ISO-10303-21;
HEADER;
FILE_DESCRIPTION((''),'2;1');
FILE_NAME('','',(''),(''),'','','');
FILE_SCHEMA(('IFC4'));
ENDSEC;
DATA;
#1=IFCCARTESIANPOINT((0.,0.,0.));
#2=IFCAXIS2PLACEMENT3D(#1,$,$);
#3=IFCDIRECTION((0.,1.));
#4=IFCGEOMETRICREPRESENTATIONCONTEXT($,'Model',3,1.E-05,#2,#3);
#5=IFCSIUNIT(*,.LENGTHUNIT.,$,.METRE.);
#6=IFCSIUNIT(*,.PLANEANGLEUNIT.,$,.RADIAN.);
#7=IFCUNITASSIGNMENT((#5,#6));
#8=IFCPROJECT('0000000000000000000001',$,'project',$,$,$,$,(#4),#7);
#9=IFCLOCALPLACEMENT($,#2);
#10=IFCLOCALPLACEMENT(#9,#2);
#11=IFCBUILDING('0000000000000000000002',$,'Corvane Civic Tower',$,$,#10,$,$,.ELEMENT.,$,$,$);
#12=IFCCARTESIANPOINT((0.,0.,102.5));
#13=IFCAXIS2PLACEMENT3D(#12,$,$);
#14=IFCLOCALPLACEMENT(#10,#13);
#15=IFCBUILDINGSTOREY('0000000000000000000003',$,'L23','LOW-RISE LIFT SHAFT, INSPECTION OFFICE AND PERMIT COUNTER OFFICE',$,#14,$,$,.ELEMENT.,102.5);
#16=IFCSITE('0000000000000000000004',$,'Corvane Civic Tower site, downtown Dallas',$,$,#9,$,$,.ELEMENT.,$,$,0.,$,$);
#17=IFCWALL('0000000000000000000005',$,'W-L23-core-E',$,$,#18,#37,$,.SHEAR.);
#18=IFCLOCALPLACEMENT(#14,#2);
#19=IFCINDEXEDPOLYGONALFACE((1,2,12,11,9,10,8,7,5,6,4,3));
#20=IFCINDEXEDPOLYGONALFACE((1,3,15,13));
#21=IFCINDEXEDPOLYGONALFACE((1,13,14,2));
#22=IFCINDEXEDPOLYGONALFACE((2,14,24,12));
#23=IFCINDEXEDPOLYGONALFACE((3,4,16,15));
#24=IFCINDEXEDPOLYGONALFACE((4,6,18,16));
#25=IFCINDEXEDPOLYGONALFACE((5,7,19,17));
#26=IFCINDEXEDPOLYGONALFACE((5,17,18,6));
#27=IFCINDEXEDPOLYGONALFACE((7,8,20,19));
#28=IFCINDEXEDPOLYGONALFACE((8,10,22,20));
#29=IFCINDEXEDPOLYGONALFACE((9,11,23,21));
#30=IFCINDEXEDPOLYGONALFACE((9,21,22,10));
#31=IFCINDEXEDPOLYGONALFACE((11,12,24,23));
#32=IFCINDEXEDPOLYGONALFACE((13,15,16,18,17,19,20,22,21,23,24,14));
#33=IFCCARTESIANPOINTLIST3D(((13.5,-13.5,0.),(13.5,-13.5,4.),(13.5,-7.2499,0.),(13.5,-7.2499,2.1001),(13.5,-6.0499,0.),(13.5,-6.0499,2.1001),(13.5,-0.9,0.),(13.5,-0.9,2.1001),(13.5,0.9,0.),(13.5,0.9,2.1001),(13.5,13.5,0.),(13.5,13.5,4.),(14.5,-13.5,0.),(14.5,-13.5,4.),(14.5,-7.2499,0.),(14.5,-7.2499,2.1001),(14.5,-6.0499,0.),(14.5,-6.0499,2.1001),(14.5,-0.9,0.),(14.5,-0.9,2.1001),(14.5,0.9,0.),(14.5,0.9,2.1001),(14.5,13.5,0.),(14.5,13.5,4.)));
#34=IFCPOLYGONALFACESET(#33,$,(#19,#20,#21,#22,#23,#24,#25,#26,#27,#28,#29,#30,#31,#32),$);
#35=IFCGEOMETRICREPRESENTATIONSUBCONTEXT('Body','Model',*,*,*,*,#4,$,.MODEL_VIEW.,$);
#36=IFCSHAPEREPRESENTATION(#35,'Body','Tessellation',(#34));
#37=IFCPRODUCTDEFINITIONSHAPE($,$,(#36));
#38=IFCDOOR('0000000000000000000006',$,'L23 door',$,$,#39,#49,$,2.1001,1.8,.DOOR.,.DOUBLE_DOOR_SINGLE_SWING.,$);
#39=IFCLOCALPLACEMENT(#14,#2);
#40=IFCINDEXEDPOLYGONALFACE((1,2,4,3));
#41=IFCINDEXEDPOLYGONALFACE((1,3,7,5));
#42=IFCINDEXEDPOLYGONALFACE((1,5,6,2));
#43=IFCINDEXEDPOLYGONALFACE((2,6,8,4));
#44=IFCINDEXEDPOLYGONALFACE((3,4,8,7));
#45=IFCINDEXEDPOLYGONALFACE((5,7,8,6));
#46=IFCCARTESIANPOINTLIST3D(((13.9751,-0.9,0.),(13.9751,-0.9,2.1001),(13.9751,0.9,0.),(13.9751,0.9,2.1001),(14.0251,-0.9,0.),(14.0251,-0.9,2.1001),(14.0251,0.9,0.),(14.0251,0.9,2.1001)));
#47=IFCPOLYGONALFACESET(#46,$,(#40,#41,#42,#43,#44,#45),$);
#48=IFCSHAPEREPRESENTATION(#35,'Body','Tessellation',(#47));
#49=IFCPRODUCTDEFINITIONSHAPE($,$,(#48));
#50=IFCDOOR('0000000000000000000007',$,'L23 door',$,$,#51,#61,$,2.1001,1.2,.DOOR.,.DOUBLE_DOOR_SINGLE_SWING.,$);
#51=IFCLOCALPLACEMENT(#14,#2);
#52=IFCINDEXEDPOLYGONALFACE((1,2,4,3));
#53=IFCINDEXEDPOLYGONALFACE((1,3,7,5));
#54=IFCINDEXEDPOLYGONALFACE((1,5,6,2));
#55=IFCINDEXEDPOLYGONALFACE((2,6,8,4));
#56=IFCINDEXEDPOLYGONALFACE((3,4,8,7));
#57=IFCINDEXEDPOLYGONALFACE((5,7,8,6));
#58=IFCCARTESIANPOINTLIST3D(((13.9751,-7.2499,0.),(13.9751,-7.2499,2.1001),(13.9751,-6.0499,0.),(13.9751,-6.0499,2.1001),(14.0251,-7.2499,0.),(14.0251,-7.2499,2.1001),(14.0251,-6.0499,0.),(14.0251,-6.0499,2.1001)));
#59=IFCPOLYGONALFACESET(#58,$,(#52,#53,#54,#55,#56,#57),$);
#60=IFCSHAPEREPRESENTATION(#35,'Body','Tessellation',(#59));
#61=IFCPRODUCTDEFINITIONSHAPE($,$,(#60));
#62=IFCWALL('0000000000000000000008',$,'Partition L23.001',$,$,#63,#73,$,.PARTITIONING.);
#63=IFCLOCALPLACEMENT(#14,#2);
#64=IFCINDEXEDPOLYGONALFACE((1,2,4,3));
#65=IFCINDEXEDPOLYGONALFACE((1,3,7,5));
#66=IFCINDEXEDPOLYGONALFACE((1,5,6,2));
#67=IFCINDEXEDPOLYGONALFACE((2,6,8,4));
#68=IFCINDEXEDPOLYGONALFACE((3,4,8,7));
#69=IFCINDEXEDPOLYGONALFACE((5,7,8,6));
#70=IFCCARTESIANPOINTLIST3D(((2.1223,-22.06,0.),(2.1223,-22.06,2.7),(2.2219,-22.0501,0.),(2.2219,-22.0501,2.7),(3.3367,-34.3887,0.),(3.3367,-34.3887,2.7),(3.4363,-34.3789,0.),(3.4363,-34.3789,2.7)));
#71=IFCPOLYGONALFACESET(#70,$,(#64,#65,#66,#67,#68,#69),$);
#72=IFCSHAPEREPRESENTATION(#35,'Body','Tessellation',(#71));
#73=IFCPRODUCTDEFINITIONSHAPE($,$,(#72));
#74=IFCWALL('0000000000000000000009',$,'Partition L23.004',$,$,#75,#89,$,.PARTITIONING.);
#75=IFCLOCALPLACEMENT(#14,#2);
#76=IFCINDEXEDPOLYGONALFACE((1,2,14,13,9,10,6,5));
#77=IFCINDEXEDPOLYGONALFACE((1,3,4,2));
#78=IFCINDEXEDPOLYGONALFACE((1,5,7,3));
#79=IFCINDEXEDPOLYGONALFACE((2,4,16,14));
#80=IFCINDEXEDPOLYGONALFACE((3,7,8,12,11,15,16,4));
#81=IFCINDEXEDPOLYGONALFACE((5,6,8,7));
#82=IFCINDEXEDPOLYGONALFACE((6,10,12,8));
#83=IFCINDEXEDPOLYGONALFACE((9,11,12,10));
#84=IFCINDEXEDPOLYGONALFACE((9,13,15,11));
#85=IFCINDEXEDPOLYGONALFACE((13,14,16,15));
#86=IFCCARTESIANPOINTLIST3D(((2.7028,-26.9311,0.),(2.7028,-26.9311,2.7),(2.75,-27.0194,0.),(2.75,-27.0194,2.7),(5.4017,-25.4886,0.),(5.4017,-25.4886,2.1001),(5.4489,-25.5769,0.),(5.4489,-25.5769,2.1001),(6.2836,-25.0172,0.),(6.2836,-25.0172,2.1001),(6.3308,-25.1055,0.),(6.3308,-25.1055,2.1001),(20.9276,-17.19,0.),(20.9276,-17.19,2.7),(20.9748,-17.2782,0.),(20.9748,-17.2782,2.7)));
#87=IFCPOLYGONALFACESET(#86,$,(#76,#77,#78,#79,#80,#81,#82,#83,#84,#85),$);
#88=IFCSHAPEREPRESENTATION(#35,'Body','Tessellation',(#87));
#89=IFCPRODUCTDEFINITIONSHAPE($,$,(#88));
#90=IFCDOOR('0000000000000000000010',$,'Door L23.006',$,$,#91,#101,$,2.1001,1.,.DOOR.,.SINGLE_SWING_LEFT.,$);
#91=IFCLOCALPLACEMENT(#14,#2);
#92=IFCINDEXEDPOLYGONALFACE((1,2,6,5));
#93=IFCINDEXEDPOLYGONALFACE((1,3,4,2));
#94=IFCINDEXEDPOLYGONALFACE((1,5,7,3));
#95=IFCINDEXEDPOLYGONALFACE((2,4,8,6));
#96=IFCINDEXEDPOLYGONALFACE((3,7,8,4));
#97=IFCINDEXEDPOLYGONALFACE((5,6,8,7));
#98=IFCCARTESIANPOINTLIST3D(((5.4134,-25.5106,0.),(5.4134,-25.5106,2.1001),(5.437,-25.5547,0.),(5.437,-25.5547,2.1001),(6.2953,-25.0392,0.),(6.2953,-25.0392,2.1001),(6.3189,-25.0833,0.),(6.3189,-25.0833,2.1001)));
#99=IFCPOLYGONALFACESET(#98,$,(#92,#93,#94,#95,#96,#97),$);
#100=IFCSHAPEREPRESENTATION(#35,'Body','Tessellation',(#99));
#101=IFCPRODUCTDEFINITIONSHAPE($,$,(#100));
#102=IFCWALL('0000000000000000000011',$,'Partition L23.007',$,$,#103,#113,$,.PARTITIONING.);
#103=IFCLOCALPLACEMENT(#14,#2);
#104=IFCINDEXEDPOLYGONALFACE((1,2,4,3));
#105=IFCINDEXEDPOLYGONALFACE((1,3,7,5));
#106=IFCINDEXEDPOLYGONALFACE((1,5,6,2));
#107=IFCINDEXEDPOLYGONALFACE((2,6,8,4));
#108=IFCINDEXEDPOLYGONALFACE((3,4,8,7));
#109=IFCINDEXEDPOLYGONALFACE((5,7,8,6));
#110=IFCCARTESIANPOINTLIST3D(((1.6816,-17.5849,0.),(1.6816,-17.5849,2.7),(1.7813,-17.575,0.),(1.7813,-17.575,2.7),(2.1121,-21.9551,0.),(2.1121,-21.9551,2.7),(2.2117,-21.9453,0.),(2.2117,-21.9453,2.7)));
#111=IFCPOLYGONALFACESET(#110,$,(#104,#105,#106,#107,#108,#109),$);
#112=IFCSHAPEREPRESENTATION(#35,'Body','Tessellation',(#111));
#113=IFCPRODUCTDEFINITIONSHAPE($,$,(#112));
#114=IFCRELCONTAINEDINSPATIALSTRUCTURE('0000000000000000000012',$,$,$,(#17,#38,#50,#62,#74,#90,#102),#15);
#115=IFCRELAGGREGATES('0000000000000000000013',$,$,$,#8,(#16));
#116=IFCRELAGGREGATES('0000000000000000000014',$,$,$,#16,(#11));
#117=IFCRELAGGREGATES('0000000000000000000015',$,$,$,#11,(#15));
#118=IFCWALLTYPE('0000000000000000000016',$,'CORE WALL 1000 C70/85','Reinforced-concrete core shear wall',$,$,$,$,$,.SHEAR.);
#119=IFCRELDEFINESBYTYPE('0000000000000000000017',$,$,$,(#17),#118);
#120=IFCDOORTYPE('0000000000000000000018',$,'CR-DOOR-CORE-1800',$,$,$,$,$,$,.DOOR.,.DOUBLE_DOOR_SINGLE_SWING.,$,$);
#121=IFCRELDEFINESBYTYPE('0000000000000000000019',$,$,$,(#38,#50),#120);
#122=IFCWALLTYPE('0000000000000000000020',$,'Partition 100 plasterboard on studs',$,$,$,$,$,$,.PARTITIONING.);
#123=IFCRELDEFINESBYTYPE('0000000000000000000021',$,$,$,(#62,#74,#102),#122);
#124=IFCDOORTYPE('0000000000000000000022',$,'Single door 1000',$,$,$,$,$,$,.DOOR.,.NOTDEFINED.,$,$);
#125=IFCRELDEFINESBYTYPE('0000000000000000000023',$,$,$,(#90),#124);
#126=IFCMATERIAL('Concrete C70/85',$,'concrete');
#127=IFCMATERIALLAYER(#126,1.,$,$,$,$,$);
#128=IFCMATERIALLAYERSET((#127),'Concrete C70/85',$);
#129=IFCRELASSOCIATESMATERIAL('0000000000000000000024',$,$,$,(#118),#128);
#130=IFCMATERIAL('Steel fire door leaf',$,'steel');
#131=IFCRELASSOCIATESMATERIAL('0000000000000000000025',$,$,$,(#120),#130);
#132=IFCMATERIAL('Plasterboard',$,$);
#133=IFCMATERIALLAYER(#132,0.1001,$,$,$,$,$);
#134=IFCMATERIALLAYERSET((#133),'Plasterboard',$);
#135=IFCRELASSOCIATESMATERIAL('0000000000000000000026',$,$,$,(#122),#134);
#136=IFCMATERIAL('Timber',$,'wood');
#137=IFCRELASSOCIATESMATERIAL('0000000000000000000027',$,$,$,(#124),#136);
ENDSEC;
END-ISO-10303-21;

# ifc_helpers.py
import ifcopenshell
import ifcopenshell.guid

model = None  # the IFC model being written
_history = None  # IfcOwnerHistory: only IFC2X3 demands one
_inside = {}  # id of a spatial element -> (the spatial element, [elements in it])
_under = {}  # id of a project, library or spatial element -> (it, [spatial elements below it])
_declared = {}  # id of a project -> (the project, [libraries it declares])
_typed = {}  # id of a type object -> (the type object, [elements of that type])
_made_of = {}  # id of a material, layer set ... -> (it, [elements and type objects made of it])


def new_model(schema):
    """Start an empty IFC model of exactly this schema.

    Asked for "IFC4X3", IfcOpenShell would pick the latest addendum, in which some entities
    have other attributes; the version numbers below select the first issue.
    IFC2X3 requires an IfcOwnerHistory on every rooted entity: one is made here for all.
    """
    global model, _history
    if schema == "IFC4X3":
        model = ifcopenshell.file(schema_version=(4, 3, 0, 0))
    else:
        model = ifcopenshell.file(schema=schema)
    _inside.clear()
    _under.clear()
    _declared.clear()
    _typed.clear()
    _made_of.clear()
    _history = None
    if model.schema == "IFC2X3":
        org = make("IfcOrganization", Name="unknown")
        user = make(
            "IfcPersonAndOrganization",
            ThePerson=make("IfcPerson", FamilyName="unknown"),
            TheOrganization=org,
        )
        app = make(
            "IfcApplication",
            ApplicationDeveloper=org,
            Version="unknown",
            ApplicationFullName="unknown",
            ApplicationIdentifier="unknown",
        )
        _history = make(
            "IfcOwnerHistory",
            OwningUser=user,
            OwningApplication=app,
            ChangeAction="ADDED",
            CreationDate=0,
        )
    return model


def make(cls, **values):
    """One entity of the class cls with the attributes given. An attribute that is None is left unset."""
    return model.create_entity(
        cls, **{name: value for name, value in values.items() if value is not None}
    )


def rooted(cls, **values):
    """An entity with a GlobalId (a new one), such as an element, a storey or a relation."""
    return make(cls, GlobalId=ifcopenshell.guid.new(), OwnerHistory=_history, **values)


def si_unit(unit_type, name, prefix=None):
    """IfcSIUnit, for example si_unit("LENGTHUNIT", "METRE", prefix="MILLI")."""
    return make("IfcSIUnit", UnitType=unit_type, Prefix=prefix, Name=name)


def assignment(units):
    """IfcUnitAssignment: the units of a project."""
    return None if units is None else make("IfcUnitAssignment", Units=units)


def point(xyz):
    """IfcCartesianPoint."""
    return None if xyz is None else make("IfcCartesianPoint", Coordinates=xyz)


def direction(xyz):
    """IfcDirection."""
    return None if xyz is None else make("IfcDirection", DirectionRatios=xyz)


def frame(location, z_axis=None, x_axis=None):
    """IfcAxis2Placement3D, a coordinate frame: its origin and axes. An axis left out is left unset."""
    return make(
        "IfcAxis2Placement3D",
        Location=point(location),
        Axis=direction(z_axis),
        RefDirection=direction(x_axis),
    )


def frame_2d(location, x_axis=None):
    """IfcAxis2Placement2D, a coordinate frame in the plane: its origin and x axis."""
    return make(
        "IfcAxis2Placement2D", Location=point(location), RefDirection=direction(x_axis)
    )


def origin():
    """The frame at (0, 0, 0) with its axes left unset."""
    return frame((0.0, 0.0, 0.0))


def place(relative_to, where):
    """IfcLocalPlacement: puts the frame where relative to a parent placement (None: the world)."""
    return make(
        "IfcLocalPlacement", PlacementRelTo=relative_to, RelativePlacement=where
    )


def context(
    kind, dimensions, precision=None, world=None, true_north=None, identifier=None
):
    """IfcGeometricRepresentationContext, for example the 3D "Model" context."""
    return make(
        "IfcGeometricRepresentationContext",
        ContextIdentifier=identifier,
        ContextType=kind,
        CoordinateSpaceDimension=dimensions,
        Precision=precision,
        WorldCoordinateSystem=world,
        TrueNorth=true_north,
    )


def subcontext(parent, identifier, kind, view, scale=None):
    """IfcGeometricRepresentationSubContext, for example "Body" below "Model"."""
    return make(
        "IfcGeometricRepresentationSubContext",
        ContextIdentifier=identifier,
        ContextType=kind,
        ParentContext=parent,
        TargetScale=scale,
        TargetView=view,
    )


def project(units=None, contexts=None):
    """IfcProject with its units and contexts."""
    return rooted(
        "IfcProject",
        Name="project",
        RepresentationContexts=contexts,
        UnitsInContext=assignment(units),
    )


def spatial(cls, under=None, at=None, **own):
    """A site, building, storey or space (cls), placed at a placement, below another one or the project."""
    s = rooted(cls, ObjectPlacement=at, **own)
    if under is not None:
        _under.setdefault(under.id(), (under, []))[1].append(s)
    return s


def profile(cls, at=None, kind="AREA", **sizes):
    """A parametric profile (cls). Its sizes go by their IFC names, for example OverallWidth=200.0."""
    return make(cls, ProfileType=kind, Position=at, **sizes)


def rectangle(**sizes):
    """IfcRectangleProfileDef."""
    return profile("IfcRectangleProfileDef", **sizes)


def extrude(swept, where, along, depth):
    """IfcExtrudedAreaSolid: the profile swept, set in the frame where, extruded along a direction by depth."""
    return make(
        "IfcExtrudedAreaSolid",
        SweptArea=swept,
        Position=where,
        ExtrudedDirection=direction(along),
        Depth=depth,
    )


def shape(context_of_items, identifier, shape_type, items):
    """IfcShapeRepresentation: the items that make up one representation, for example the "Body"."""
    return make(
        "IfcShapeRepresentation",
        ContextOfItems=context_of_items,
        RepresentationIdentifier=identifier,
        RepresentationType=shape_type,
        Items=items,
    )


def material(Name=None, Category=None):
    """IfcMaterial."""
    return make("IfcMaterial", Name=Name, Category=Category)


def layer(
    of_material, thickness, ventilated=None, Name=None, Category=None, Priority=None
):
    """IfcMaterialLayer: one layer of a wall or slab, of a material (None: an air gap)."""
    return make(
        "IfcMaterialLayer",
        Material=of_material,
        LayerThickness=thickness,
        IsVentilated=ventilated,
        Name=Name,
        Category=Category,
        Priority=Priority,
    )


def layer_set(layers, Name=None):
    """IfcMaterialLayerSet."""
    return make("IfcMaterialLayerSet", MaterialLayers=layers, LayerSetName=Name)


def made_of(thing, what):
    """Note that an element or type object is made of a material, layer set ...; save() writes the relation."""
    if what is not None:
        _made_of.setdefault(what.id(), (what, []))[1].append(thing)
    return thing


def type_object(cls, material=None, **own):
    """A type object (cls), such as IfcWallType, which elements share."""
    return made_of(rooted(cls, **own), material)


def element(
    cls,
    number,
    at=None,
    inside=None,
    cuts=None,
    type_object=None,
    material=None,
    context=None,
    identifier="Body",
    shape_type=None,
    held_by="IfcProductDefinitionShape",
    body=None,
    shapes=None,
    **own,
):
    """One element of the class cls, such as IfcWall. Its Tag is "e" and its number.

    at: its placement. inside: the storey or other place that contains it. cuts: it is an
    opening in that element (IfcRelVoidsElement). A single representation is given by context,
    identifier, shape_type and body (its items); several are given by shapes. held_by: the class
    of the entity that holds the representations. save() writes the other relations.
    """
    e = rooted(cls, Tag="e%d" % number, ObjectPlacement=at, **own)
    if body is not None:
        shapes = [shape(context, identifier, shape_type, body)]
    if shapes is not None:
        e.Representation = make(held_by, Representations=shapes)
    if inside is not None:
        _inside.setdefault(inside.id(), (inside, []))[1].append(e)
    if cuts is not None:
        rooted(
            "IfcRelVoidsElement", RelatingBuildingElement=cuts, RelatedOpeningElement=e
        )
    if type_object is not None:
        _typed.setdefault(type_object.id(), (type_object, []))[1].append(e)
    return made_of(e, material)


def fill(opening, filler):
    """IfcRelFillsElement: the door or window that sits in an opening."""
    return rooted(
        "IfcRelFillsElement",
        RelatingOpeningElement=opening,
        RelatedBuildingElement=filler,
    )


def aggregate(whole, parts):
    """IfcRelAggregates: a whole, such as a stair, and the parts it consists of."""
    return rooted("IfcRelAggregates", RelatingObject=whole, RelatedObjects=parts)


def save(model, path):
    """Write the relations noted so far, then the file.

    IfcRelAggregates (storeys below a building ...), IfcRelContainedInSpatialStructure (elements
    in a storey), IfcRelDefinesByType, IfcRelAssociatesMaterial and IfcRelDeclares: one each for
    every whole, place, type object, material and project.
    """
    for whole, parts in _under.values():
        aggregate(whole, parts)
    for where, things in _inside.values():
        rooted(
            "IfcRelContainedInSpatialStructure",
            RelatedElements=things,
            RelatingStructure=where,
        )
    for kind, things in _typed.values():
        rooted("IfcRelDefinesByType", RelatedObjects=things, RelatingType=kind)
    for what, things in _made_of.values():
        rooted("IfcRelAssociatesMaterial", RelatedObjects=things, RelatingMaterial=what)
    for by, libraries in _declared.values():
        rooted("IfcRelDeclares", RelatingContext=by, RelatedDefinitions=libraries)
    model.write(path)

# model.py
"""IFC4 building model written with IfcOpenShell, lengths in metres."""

from ifc_helpers import new_model, si_unit, direction, frame, frame_2d, origin, place, context, subcontext, project, spatial, rectangle, extrude, material, layer, layer_set, type_object, element, fill, save


model = new_model("IFC4")

# Units and contexts
model_context = context("Model", 3, precision=1e-05, world=origin(), true_north=direction((0.0, 1.0)))
body_context = subcontext(model_context, "Body", "Model", "MODEL_VIEW")
ifc_project = project(units=[si_unit("LENGTHUNIT", "METRE"), si_unit("PLANEANGLEUNIT", "RADIAN")], contexts=[model_context])

# Site, building, storey
site_placement = place(None, origin())
site = spatial("IfcSite", under=ifc_project, at=site_placement, Name="Corvane Civic Tower site, downtown Dallas", CompositionType="ELEMENT", RefElevation=0.0)
building_placement = place(site_placement, origin())
building = spatial("IfcBuilding", under=site, at=building_placement, Name="Corvane Civic Tower", CompositionType="ELEMENT")
storey_placement = place(building_placement, frame((0.0, 0.0, 102.5)))
storey = spatial("IfcBuildingStorey", under=building, at=storey_placement, Name="L23", Description="LOW-RISE LIFT SHAFT, INSPECTION OFFICE AND PERMIT COUNTER OFFICE", CompositionType="ELEMENT", Elevation=102.5)

# Wall, openings, doors
ifc_material_1 = material(Name="Concrete C70/85", Category="concrete")
ifc_layer_1 = layer(ifc_material_1, 1.0)
ifc_layer_set_1 = layer_set([ifc_layer_1], Name="Concrete C70/85")
wall_type_1 = type_object("IfcWallType", Name="CORE WALL 1000 C70/85", Description="Reinforced-concrete core shear wall", PredefinedType="SHEAR", material=ifc_layer_set_1)
wall_1_placement = place(storey_placement, frame((14.0, -13.5, 0.0), z_axis=(0.0, 0.0, 1.0), x_axis=(0.0, 1.0, 0.0)))
wall_1 = element("IfcWall", 1, at=wall_1_placement, inside=storey, type_object=wall_type_1, Name="W-L23-core-E", PredefinedType="SHEAR", context=body_context, shape_type="SweptSolid", body=[
    extrude(rectangle(XDim=27.0, YDim=1.0, at=frame_2d((13.5, 0.0))), origin(), (0.0, 0.0, 1.0), 4.0),
])
opening_1_placement = place(wall_1_placement, frame((12.6001, 0.0, 0.0)))
opening_1 = element("IfcOpeningElement", 2, at=opening_1_placement, cuts=wall_1, PredefinedType="OPENING", context=body_context, shape_type="SweptSolid", body=[
    extrude(rectangle(XDim=1.8, YDim=2.1001, at=frame_2d((0.8999, 1.05))), frame((0.0, 0.51, 0.0), z_axis=(0.0, -1.0, 0.0), x_axis=(1.0, 0.0, 0.0)), (0.0, 0.0, 1.0), 1.02),
])
opening_2_placement = place(wall_1_placement, frame((6.25, 0.0, 0.0)))
opening_2 = element("IfcOpeningElement", 3, at=opening_2_placement, cuts=wall_1, PredefinedType="OPENING", context=body_context, shape_type="SweptSolid", body=[
    extrude(rectangle(XDim=1.2, YDim=2.1001, at=frame_2d((0.6001, 1.05))), frame((0.0, 0.51, 0.0), z_axis=(0.0, -1.0, 0.0), x_axis=(1.0, 0.0, 0.0)), (0.0, 0.0, 1.0), 1.02),
])
ifc_material_2 = material(Name="Steel fire door leaf", Category="steel")
door_type_1 = type_object("IfcDoorType", Name="CR-DOOR-CORE-1800", OperationType="DOUBLE_DOOR_SINGLE_SWING", PredefinedType="DOOR", material=ifc_material_2)
door_1_placement = place(opening_1_placement, origin())
door_1 = element("IfcDoor", 4, at=door_1_placement, inside=storey, type_object=door_type_1, Name="L23 door", OperationType="DOUBLE_DOOR_SINGLE_SWING", OverallHeight=2.1001, OverallWidth=1.8, PredefinedType="DOOR", context=body_context, shape_type="SweptSolid", body=[
    extrude(rectangle(XDim=1.8, YDim=2.1001, at=frame_2d((0.8999, 1.05))), frame((0.0, 0.0249, 0.0), z_axis=(0.0, -1.0, 0.0), x_axis=(1.0, 0.0, 0.0)), (0.0, 0.0, 1.0), 0.05),
])
fill(opening_1, door_1)
door_2_placement = place(opening_2_placement, origin())
door_2 = element("IfcDoor", 5, at=door_2_placement, inside=storey, type_object=door_type_1, Name="L23 door", OperationType="DOUBLE_DOOR_SINGLE_SWING", OverallHeight=2.1001, OverallWidth=1.2, PredefinedType="DOOR", context=body_context, shape_type="SweptSolid", body=[
    extrude(rectangle(XDim=1.2, YDim=2.1001, at=frame_2d((0.6001, 1.05))), frame((0.0, 0.0249, 0.0), z_axis=(0.0, -1.0, 0.0), x_axis=(1.0, 0.0, 0.0)), (0.0, 0.0, 1.0), 0.05),
])
fill(opening_2, door_2)

# Wall
ifc_material_3 = material(Name="Plasterboard")
ifc_layer_2 = layer(ifc_material_3, 0.1001)
ifc_layer_set_2 = layer_set([ifc_layer_2], Name="Plasterboard")
wall_type_2 = type_object("IfcWallType", Name="Partition 100 plasterboard on studs", PredefinedType="PARTITIONING", material=ifc_layer_set_2)
wall_2_placement = place(storey_placement, frame((2.1721, -22.0549, 0.0), z_axis=(0.0, 0.0, 1.0), x_axis=(0.098023, -0.995184, 0.0)))
element("IfcWall", 6, at=wall_2_placement, inside=storey, type_object=wall_type_2, Name="Partition L23.001", PredefinedType="PARTITIONING", context=body_context, shape_type="SweptSolid", body=[
    extrude(rectangle(XDim=12.3884, YDim=0.1001, at=frame_2d((6.1943, 0.0))), origin(), (0.0, 0.0, 1.0), 2.7),
])

# Wall, opening, door
wall_3_placement = place(storey_placement, frame((2.7263, -26.9753, 0.0), z_axis=(0.0, 0.0, 1.0), x_axis=(0.881925, 0.47139, 0.0)))
wall_3 = element("IfcWall", 7, at=wall_3_placement, inside=storey, type_object=wall_type_2, Name="Partition L23.004", PredefinedType="PARTITIONING", context=body_context, shape_type="SweptSolid", body=[
    extrude(rectangle(XDim=20.6648, YDim=0.1001, at=frame_2d((10.3325, 0.0))), origin(), (0.0, 0.0, 1.0), 2.7),
])
opening_3_placement = place(wall_3_placement, frame((3.0603, 0.0, 0.0)))
opening_3 = element("IfcOpeningElement", 8, at=opening_3_placement, cuts=wall_3, PredefinedType="OPENING", context=body_context, shape_type="SweptSolid", body=[
    extrude(rectangle(XDim=1.0, YDim=2.1001, at=frame_2d((0.5, 1.05))), frame((0.0, 0.0601, 0.0), z_axis=(0.0, -1.0, 0.0), x_axis=(1.0, 0.0, 0.0)), (0.0, 0.0, 1.0), 0.1201),
])
ifc_material_4 = material(Name="Timber", Category="wood")
door_type_2 = type_object("IfcDoorType", Name="Single door 1000", OperationType="NOTDEFINED", PredefinedType="DOOR", material=ifc_material_4)
door_3_placement = place(opening_3_placement, frame((1.0, 0.0, 0.0), z_axis=(0.0, 0.0, 1.0), x_axis=(-1.0, 0.0, 0.0)))
door_3 = element("IfcDoor", 9, at=door_3_placement, inside=storey, type_object=door_type_2, Name="Door L23.006", OperationType="SINGLE_SWING_LEFT", OverallHeight=2.1001, OverallWidth=1.0, PredefinedType="DOOR", context=body_context, shape_type="SweptSolid", body=[
    extrude(rectangle(XDim=1.0, YDim=2.1001, at=frame_2d((0.5, 1.05))), frame((0.0, 0.0249, 0.0), z_axis=(0.0, -1.0, 0.0), x_axis=(1.0, 0.0, 0.0)), (0.0, 0.0, 1.0), 0.05),
])
fill(opening_3, door_3)

# Wall
wall_4_placement = place(storey_placement, frame((1.7314, -17.5798, 0.0), z_axis=(0.0, 0.0, 1.0), x_axis=(0.098017, -0.995185, 0.0)))
element("IfcWall", 10, at=wall_4_placement, inside=storey, type_object=wall_type_2, Name="Partition L23.007", PredefinedType="PARTITIONING", context=body_context, shape_type="SweptSolid", body=[
    extrude(rectangle(XDim=4.3914, YDim=0.1001, at=frame_2d((2.1958, 0.0))), origin(), (0.0, 0.0, 1.0), 2.7),
])

save(model, "model.ifc")
